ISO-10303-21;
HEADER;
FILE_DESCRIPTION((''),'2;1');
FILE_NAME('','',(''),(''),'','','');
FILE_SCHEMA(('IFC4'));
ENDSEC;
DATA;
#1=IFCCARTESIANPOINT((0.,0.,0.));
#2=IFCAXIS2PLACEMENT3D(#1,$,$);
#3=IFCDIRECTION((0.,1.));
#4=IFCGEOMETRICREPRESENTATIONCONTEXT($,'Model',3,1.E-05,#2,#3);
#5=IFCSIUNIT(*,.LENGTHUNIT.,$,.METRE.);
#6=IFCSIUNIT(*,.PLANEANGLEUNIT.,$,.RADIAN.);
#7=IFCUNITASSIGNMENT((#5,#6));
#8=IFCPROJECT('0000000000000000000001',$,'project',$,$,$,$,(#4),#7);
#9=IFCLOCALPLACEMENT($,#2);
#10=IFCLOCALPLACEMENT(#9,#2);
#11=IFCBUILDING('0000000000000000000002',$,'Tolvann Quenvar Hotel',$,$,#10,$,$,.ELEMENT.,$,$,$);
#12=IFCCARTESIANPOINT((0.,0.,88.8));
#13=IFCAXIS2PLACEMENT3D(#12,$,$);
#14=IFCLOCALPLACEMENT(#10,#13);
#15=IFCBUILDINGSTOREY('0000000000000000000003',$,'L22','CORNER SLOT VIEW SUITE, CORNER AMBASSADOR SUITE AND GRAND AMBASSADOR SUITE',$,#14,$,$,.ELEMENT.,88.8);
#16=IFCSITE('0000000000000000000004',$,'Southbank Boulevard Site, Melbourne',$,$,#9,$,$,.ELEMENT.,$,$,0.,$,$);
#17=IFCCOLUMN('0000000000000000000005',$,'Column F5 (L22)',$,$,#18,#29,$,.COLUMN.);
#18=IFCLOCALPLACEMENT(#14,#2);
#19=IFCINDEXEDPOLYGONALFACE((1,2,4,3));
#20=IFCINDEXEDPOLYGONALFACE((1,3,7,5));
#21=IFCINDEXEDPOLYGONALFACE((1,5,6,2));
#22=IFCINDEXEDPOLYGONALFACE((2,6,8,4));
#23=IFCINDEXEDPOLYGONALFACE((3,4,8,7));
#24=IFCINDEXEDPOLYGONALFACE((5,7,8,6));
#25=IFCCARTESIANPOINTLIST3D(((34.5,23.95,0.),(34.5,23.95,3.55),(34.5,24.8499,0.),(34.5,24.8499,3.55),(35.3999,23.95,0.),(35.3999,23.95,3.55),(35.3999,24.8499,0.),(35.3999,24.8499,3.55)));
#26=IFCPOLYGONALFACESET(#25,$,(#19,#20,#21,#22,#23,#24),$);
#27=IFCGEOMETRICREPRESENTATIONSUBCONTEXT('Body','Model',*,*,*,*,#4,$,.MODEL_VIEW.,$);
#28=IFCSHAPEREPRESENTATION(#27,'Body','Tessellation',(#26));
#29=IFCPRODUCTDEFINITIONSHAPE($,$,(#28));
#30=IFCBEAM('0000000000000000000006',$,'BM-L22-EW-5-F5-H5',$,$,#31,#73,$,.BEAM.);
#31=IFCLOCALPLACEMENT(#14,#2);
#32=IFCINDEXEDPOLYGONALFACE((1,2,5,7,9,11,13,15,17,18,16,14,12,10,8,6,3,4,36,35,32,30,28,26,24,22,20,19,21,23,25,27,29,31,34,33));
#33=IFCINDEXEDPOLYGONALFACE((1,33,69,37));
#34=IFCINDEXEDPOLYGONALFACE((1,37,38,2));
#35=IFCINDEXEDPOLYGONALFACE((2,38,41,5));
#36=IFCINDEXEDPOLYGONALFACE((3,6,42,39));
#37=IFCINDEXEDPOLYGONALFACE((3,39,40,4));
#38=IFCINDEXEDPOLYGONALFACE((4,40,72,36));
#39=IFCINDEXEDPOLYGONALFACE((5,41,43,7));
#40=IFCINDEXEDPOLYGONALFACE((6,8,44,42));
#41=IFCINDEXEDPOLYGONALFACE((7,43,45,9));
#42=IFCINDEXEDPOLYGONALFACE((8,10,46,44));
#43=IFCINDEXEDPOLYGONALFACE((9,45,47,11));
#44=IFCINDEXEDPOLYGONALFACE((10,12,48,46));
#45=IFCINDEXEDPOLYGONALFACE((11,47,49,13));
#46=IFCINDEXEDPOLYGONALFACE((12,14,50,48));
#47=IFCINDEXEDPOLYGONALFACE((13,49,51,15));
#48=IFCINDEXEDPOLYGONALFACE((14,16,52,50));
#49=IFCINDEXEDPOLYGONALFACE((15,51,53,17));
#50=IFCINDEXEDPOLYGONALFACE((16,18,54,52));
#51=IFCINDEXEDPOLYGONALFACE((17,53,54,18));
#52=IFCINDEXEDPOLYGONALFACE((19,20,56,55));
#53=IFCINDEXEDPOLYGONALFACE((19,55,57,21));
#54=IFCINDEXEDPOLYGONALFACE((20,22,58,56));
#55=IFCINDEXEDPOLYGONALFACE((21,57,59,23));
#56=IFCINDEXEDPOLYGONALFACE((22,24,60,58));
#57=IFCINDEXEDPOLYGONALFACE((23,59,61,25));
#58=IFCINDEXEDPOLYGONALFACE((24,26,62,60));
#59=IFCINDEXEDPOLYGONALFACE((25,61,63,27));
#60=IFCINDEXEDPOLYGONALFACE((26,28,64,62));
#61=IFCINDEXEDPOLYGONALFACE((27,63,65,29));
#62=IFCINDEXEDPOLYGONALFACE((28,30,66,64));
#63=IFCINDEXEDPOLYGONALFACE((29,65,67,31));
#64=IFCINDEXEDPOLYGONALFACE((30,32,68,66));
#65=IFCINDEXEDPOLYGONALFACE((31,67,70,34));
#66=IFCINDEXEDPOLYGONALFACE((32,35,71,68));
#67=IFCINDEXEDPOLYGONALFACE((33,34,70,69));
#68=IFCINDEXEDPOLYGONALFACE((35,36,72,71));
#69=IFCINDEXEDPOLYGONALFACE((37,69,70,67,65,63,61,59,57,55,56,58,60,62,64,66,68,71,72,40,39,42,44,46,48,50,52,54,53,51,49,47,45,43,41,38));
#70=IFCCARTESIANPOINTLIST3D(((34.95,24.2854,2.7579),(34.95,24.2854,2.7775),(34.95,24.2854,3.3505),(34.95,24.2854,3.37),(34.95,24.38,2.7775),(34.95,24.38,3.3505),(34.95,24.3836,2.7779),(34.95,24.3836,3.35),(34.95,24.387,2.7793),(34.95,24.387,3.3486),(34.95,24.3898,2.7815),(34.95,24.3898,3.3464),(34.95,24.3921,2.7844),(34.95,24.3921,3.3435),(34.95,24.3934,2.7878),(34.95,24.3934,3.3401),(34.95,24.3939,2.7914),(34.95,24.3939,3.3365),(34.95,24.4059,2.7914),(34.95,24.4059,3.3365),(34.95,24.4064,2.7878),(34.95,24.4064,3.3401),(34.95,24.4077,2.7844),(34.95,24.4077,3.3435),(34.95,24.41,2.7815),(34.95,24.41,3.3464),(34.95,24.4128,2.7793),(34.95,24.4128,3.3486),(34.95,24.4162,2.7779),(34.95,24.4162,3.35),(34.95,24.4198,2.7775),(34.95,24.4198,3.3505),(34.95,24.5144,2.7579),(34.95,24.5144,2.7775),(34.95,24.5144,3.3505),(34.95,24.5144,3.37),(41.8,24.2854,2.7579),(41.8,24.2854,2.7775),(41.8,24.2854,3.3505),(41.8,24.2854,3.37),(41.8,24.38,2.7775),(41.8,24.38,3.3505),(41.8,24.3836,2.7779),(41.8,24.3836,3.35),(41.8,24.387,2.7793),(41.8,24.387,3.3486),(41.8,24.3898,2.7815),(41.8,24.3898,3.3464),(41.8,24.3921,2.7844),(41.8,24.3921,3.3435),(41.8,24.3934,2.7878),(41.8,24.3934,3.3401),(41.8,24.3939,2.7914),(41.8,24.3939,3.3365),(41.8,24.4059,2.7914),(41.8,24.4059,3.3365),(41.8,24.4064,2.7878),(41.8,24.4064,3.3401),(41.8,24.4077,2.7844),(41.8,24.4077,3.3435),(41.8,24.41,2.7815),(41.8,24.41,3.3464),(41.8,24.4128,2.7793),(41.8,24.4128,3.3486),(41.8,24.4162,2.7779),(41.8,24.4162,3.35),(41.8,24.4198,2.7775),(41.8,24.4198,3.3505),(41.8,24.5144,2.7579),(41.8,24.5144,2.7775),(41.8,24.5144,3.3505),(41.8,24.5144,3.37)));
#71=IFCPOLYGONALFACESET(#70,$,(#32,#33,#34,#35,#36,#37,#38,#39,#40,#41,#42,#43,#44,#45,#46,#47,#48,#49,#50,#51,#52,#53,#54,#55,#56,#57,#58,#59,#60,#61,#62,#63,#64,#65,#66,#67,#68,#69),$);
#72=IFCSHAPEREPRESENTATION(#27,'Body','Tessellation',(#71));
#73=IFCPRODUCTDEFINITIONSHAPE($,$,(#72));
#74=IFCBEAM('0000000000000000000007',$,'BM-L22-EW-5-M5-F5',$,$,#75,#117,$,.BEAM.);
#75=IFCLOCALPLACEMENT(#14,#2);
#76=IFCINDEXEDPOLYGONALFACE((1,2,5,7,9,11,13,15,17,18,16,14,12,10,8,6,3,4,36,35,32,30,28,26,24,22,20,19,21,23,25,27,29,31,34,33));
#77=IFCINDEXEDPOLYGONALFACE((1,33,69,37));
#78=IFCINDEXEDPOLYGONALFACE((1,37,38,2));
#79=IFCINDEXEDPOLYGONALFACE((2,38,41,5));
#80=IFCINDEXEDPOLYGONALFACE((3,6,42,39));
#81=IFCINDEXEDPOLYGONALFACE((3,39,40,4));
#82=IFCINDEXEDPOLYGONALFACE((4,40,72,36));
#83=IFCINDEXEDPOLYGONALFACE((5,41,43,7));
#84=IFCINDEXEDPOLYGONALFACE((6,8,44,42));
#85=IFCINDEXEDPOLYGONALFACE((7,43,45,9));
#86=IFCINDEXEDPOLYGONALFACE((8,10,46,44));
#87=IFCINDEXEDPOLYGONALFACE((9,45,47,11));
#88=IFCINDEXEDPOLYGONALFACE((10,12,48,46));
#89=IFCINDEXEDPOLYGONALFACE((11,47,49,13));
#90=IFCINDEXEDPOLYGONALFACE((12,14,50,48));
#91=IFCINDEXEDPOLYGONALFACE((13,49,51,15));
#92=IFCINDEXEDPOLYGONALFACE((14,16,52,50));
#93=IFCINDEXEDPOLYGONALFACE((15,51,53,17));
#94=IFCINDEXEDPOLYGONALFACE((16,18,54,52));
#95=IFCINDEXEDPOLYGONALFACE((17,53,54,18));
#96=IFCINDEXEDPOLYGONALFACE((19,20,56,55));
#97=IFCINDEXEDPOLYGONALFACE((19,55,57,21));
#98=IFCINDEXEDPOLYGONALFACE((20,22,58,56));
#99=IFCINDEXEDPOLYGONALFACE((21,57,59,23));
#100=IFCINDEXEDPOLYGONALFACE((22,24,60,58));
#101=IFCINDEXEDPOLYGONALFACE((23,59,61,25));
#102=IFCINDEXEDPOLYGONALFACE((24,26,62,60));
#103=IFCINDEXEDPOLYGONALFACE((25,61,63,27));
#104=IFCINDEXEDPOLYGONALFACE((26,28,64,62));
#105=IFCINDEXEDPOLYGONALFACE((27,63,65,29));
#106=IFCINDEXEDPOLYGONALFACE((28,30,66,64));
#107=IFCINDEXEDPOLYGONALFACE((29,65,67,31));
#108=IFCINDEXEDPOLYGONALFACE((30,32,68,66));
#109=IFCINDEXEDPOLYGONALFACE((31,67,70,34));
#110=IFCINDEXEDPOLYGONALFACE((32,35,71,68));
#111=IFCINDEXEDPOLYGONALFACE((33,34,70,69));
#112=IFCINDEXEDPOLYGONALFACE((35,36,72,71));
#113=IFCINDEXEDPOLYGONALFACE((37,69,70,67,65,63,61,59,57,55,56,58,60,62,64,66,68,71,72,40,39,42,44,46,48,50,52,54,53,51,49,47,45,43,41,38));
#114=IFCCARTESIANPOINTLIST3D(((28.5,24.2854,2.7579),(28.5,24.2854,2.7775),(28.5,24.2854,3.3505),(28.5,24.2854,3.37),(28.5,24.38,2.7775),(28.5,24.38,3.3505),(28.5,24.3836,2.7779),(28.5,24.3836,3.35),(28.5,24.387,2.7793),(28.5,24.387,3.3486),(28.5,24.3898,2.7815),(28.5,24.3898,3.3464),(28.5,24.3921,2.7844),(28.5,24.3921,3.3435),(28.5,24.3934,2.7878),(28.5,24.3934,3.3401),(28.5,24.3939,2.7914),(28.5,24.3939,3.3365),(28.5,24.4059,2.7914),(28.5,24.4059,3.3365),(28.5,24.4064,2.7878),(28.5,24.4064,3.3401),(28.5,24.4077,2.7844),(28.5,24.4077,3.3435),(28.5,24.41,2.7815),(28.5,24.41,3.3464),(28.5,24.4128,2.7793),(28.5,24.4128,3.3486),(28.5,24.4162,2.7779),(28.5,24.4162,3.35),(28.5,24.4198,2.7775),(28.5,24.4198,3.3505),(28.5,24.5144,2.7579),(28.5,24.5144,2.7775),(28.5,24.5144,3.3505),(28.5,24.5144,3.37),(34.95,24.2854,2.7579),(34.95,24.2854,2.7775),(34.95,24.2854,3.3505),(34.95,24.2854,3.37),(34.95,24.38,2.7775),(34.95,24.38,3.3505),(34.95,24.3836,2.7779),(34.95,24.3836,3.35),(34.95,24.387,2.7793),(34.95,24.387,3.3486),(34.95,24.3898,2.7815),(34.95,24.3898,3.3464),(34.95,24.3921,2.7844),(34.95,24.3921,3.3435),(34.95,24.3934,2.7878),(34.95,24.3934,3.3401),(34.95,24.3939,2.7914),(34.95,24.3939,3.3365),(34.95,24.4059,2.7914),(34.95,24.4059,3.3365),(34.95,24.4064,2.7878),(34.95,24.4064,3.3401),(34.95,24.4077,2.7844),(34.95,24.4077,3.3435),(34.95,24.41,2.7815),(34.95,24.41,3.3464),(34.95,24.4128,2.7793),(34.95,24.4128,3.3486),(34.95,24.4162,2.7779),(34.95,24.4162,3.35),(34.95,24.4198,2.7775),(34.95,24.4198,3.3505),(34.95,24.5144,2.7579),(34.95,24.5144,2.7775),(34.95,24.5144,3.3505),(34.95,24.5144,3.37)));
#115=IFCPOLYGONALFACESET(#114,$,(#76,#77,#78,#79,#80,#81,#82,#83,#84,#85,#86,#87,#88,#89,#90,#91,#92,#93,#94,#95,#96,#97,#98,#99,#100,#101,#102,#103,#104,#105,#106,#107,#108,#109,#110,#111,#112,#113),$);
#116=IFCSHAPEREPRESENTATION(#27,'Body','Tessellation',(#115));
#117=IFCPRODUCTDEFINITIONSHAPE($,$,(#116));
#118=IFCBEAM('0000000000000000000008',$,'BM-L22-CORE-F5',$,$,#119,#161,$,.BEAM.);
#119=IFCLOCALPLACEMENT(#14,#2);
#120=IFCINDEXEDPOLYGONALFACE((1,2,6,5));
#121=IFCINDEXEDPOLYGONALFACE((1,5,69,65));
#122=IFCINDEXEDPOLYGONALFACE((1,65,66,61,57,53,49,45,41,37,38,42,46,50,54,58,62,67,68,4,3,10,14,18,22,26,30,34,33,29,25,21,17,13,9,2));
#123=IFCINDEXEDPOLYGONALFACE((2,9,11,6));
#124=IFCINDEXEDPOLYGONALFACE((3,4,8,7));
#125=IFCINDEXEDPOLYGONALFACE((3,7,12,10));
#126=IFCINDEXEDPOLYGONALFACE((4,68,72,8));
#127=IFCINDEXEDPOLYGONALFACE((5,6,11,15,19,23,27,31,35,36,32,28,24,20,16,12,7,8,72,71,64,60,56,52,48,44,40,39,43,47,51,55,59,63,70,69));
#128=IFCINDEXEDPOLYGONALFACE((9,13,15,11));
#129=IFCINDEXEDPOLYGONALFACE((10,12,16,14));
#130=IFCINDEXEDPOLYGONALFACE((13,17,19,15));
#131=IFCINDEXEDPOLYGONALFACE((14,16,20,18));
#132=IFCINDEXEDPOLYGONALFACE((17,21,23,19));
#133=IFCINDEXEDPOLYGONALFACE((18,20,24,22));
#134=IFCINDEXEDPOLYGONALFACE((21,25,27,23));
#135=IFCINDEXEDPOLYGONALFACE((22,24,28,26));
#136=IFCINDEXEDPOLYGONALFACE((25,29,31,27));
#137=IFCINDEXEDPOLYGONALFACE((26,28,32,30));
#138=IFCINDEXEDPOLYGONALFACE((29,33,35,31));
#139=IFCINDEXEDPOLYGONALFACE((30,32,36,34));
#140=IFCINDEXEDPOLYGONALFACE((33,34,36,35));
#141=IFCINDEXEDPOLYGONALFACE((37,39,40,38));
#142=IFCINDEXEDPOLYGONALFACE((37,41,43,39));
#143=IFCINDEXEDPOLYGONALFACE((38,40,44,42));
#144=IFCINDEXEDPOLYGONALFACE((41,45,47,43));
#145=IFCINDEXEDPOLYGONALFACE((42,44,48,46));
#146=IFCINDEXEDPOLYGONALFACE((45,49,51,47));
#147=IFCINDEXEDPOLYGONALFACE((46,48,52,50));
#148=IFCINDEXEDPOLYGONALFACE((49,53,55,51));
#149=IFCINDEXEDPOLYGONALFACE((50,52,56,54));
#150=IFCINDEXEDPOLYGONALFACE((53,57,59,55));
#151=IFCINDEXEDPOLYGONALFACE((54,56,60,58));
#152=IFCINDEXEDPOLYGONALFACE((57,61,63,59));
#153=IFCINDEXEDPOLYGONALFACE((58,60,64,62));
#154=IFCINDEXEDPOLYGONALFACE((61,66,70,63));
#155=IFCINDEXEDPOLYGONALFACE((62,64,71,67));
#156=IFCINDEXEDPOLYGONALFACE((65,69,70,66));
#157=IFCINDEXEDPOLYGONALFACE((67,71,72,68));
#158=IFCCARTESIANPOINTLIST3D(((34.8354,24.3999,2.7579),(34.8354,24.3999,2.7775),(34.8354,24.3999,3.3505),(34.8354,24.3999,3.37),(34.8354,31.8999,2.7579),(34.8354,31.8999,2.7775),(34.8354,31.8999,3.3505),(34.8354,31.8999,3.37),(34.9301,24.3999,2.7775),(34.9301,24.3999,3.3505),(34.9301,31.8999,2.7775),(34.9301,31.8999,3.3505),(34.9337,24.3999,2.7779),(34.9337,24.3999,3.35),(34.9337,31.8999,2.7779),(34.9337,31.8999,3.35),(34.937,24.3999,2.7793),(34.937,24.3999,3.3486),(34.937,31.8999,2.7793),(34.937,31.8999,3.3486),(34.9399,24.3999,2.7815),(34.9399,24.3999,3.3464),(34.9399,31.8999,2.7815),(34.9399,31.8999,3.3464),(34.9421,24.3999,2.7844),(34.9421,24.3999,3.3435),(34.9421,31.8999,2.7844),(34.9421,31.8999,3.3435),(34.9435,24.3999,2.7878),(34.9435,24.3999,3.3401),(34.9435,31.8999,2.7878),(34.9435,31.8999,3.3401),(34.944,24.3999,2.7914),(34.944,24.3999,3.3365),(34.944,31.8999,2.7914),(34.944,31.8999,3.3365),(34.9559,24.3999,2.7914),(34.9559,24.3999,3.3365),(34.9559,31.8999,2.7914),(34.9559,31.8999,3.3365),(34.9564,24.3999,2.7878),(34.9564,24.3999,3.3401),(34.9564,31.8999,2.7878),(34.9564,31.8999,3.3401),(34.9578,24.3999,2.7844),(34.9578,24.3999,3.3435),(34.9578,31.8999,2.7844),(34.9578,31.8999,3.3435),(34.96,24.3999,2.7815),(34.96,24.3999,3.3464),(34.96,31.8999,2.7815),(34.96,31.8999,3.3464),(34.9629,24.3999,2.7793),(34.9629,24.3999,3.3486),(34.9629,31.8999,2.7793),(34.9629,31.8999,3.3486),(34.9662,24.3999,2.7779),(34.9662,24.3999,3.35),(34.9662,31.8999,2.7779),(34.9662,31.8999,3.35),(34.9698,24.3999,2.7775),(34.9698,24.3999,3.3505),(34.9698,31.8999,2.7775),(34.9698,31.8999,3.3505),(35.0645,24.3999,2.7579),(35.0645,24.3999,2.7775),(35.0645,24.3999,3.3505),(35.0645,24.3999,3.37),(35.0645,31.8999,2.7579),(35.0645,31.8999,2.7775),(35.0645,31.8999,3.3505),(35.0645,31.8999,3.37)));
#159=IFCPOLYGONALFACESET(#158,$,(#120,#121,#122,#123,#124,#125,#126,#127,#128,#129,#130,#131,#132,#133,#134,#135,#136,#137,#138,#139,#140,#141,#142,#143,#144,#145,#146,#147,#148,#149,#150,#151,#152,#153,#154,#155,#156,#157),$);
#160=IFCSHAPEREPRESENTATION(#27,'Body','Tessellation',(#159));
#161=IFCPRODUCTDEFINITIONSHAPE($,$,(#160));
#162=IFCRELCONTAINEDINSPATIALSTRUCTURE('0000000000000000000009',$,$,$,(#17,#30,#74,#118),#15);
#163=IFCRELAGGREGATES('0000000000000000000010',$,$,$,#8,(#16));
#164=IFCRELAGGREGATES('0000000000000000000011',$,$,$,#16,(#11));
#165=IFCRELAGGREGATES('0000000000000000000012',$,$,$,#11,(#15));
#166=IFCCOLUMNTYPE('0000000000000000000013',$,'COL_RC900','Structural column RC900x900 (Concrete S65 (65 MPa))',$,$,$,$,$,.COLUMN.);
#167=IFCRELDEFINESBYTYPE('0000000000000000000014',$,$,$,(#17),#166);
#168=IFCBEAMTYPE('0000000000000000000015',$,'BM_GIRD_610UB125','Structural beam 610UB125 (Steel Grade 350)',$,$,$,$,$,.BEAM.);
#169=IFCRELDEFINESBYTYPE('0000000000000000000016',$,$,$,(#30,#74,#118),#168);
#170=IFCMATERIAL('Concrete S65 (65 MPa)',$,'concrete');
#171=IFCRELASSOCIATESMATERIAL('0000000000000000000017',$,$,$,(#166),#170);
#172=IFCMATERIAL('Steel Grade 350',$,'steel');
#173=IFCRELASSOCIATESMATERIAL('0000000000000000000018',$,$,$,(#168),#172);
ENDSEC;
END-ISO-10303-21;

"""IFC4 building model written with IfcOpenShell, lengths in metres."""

from ifc_helpers import new_model, si_unit, direction, frame, origin, origin_2d, place, context, subcontext, project, spatial, rectangle, i_section, extrude, source, transform, mapped, material, material_profile, profile_set, type_object, type_shapes, element, save


model = new_model("IFC4")

# Units and contexts
model_context = context("Model", 3, precision=1e-05, world=origin(), true_north=direction((0.0, 1.0)))
body_context = subcontext(model_context, "Body", "Model", "MODEL_VIEW")
ifc_project = project(units=[si_unit("LENGTHUNIT", "METRE"), si_unit("PLANEANGLEUNIT", "RADIAN")], contexts=[model_context])

# Site, building, storey
site_placement = place(None, origin())
site = spatial("IfcSite", under=ifc_project, at=site_placement, Name="Southbank Boulevard Site, Melbourne", CompositionType="ELEMENT", RefElevation=0.0)
building_placement = place(site_placement, origin())
building = spatial("IfcBuilding", under=site, at=building_placement, Name="Tolvann Quenvar Hotel", CompositionType="ELEMENT")
storey_placement = place(building_placement, frame((0.0, 0.0, 88.8)))
storey = spatial("IfcBuildingStorey", under=building, at=storey_placement, Name="L22", Description="CORNER SLOT VIEW SUITE, CORNER AMBASSADOR SUITE AND GRAND AMBASSADOR SUITE", CompositionType="ELEMENT", Elevation=88.8)

# Column
ifc_material_1 = material(Name="Concrete S65 (65 MPa)", Category="concrete")
ifc_material_profile_1 = material_profile(ifc_material_1, rectangle(XDim=0.8999, YDim=0.8999, at=origin_2d()), Name="RC900x900")
ifc_profile_set_1 = profile_set([ifc_material_profile_1], Name="Concrete S65 (65 MPa)")
column_type = type_object("IfcColumnType", Name="COL_RC900", Description="Structural column RC900x900 (Concrete S65 (65 MPa))", PredefinedType="COLUMN", material=ifc_profile_set_1)
shared_shape_1 = source(origin(), body_context, "Body", "SweptSolid", [
    extrude(rectangle(XDim=0.8999, YDim=0.8999, at=origin_2d()), origin(), (0.0, 0.0, 1.0), 3.55),
])
type_shapes(column_type, [shared_shape_1])
column_placement = place(storey_placement, frame((34.95, 24.3999, 0.0), z_axis=(0.0, 0.0, 1.0), x_axis=(1.0, 0.0, 0.0)))
element("IfcColumn", 1, at=column_placement, inside=storey, type_object=column_type, Name="Column F5 (L22)", PredefinedType="COLUMN", context=body_context, shape_type="MappedRepresentation", body=[
    mapped(shared_shape_1, transform((0.0, 0.0, 0.0), x_axis=(1.0, 0.0, 0.0), y_axis=(0.0, 1.0, 0.0), z_axis=(0.0, 0.0, 1.0), scale=1.0)),
])

# Beams
ifc_material_2 = material(Name="Steel Grade 350", Category="steel")
ifc_material_profile_2 = material_profile(ifc_material_2, i_section(OverallWidth=0.229, OverallDepth=0.6121, WebThickness=0.012, FlangeThickness=0.0195, FilletRadius=0.0139, at=origin_2d()), Name="610UB125")
ifc_profile_set_2 = profile_set([ifc_material_profile_2], Name="Steel Grade 350")
beam_type = type_object("IfcBeamType", Name="BM_GIRD_610UB125", Description="Structural beam 610UB125 (Steel Grade 350)", PredefinedType="BEAM", material=ifc_profile_set_2)
shared_shape_2 = source(origin(), body_context, "Body", "SweptSolid", [
    extrude(i_section(OverallWidth=0.229, OverallDepth=0.6121, WebThickness=0.012, FlangeThickness=0.0195, FilletRadius=0.0139, at=origin_2d()), origin(), (0.0, 0.0, 1.0), 6.8501),
])
beam_1_placement = place(storey_placement, frame((34.95, 24.3999, 3.064), z_axis=(1.0, 0.0, 0.0), x_axis=(0.0, 1.0, 0.0)))
element("IfcBeam", 2, at=beam_1_placement, inside=storey, type_object=beam_type, Name="BM-L22-EW-5-F5-H5", PredefinedType="BEAM", context=body_context, shape_type="MappedRepresentation", body=[
    mapped(shared_shape_2, transform((0.0, 0.0, 0.0), x_axis=(1.0, 0.0, 0.0), y_axis=(0.0, 1.0, 0.0), z_axis=(0.0, 0.0, 1.0), scale=1.0)),
])
shared_shape_3 = source(origin(), body_context, "Body", "SweptSolid", [
    extrude(i_section(OverallWidth=0.229, OverallDepth=0.6121, WebThickness=0.012, FlangeThickness=0.0195, FilletRadius=0.0139, at=origin_2d()), origin(), (0.0, 0.0, 1.0), 6.45),
])
beam_2_placement = place(storey_placement, frame((28.5, 24.3999, 3.064), z_axis=(1.0, 0.0, 0.0), x_axis=(0.0, 1.0, 0.0)))
element("IfcBeam", 3, at=beam_2_placement, inside=storey, type_object=beam_type, Name="BM-L22-EW-5-M5-F5", PredefinedType="BEAM", context=body_context, shape_type="MappedRepresentation", body=[
    mapped(shared_shape_3, transform((0.0, 0.0, 0.0), x_axis=(1.0, 0.0, 0.0), y_axis=(0.0, 1.0, 0.0), z_axis=(0.0, 0.0, 1.0), scale=1.0)),
])
shared_shape_4 = source(origin(), body_context, "Body", "SweptSolid", [
    extrude(i_section(OverallWidth=0.229, OverallDepth=0.6121, WebThickness=0.012, FlangeThickness=0.0195, FilletRadius=0.0139, at=origin_2d()), origin(), (0.0, 0.0, 1.0), 7.5),
])
type_shapes(beam_type, [shared_shape_2, shared_shape_3, shared_shape_4])
for number, where, z_axis, x_axis, name in (
    (4, (34.95, 24.3999, 3.064), (0.0, 1.0, 0.0), (-1.0, 0.0, 0.0), "BM-L22-CORE-F5"),
):
    element("IfcBeam", number, at=place(storey_placement, frame(where, z_axis=z_axis, x_axis=x_axis)), inside=storey, type_object=beam_type, Name=name, PredefinedType="BEAM", context=body_context, shape_type="MappedRepresentation", body=[
        mapped(shared_shape_4, transform((0.0, 0.0, 0.0), x_axis=(1.0, 0.0, 0.0), y_axis=(0.0, 1.0, 0.0), z_axis=(0.0, 0.0, 1.0), scale=1.0)),
    ])

save(model, "model.ifc")
